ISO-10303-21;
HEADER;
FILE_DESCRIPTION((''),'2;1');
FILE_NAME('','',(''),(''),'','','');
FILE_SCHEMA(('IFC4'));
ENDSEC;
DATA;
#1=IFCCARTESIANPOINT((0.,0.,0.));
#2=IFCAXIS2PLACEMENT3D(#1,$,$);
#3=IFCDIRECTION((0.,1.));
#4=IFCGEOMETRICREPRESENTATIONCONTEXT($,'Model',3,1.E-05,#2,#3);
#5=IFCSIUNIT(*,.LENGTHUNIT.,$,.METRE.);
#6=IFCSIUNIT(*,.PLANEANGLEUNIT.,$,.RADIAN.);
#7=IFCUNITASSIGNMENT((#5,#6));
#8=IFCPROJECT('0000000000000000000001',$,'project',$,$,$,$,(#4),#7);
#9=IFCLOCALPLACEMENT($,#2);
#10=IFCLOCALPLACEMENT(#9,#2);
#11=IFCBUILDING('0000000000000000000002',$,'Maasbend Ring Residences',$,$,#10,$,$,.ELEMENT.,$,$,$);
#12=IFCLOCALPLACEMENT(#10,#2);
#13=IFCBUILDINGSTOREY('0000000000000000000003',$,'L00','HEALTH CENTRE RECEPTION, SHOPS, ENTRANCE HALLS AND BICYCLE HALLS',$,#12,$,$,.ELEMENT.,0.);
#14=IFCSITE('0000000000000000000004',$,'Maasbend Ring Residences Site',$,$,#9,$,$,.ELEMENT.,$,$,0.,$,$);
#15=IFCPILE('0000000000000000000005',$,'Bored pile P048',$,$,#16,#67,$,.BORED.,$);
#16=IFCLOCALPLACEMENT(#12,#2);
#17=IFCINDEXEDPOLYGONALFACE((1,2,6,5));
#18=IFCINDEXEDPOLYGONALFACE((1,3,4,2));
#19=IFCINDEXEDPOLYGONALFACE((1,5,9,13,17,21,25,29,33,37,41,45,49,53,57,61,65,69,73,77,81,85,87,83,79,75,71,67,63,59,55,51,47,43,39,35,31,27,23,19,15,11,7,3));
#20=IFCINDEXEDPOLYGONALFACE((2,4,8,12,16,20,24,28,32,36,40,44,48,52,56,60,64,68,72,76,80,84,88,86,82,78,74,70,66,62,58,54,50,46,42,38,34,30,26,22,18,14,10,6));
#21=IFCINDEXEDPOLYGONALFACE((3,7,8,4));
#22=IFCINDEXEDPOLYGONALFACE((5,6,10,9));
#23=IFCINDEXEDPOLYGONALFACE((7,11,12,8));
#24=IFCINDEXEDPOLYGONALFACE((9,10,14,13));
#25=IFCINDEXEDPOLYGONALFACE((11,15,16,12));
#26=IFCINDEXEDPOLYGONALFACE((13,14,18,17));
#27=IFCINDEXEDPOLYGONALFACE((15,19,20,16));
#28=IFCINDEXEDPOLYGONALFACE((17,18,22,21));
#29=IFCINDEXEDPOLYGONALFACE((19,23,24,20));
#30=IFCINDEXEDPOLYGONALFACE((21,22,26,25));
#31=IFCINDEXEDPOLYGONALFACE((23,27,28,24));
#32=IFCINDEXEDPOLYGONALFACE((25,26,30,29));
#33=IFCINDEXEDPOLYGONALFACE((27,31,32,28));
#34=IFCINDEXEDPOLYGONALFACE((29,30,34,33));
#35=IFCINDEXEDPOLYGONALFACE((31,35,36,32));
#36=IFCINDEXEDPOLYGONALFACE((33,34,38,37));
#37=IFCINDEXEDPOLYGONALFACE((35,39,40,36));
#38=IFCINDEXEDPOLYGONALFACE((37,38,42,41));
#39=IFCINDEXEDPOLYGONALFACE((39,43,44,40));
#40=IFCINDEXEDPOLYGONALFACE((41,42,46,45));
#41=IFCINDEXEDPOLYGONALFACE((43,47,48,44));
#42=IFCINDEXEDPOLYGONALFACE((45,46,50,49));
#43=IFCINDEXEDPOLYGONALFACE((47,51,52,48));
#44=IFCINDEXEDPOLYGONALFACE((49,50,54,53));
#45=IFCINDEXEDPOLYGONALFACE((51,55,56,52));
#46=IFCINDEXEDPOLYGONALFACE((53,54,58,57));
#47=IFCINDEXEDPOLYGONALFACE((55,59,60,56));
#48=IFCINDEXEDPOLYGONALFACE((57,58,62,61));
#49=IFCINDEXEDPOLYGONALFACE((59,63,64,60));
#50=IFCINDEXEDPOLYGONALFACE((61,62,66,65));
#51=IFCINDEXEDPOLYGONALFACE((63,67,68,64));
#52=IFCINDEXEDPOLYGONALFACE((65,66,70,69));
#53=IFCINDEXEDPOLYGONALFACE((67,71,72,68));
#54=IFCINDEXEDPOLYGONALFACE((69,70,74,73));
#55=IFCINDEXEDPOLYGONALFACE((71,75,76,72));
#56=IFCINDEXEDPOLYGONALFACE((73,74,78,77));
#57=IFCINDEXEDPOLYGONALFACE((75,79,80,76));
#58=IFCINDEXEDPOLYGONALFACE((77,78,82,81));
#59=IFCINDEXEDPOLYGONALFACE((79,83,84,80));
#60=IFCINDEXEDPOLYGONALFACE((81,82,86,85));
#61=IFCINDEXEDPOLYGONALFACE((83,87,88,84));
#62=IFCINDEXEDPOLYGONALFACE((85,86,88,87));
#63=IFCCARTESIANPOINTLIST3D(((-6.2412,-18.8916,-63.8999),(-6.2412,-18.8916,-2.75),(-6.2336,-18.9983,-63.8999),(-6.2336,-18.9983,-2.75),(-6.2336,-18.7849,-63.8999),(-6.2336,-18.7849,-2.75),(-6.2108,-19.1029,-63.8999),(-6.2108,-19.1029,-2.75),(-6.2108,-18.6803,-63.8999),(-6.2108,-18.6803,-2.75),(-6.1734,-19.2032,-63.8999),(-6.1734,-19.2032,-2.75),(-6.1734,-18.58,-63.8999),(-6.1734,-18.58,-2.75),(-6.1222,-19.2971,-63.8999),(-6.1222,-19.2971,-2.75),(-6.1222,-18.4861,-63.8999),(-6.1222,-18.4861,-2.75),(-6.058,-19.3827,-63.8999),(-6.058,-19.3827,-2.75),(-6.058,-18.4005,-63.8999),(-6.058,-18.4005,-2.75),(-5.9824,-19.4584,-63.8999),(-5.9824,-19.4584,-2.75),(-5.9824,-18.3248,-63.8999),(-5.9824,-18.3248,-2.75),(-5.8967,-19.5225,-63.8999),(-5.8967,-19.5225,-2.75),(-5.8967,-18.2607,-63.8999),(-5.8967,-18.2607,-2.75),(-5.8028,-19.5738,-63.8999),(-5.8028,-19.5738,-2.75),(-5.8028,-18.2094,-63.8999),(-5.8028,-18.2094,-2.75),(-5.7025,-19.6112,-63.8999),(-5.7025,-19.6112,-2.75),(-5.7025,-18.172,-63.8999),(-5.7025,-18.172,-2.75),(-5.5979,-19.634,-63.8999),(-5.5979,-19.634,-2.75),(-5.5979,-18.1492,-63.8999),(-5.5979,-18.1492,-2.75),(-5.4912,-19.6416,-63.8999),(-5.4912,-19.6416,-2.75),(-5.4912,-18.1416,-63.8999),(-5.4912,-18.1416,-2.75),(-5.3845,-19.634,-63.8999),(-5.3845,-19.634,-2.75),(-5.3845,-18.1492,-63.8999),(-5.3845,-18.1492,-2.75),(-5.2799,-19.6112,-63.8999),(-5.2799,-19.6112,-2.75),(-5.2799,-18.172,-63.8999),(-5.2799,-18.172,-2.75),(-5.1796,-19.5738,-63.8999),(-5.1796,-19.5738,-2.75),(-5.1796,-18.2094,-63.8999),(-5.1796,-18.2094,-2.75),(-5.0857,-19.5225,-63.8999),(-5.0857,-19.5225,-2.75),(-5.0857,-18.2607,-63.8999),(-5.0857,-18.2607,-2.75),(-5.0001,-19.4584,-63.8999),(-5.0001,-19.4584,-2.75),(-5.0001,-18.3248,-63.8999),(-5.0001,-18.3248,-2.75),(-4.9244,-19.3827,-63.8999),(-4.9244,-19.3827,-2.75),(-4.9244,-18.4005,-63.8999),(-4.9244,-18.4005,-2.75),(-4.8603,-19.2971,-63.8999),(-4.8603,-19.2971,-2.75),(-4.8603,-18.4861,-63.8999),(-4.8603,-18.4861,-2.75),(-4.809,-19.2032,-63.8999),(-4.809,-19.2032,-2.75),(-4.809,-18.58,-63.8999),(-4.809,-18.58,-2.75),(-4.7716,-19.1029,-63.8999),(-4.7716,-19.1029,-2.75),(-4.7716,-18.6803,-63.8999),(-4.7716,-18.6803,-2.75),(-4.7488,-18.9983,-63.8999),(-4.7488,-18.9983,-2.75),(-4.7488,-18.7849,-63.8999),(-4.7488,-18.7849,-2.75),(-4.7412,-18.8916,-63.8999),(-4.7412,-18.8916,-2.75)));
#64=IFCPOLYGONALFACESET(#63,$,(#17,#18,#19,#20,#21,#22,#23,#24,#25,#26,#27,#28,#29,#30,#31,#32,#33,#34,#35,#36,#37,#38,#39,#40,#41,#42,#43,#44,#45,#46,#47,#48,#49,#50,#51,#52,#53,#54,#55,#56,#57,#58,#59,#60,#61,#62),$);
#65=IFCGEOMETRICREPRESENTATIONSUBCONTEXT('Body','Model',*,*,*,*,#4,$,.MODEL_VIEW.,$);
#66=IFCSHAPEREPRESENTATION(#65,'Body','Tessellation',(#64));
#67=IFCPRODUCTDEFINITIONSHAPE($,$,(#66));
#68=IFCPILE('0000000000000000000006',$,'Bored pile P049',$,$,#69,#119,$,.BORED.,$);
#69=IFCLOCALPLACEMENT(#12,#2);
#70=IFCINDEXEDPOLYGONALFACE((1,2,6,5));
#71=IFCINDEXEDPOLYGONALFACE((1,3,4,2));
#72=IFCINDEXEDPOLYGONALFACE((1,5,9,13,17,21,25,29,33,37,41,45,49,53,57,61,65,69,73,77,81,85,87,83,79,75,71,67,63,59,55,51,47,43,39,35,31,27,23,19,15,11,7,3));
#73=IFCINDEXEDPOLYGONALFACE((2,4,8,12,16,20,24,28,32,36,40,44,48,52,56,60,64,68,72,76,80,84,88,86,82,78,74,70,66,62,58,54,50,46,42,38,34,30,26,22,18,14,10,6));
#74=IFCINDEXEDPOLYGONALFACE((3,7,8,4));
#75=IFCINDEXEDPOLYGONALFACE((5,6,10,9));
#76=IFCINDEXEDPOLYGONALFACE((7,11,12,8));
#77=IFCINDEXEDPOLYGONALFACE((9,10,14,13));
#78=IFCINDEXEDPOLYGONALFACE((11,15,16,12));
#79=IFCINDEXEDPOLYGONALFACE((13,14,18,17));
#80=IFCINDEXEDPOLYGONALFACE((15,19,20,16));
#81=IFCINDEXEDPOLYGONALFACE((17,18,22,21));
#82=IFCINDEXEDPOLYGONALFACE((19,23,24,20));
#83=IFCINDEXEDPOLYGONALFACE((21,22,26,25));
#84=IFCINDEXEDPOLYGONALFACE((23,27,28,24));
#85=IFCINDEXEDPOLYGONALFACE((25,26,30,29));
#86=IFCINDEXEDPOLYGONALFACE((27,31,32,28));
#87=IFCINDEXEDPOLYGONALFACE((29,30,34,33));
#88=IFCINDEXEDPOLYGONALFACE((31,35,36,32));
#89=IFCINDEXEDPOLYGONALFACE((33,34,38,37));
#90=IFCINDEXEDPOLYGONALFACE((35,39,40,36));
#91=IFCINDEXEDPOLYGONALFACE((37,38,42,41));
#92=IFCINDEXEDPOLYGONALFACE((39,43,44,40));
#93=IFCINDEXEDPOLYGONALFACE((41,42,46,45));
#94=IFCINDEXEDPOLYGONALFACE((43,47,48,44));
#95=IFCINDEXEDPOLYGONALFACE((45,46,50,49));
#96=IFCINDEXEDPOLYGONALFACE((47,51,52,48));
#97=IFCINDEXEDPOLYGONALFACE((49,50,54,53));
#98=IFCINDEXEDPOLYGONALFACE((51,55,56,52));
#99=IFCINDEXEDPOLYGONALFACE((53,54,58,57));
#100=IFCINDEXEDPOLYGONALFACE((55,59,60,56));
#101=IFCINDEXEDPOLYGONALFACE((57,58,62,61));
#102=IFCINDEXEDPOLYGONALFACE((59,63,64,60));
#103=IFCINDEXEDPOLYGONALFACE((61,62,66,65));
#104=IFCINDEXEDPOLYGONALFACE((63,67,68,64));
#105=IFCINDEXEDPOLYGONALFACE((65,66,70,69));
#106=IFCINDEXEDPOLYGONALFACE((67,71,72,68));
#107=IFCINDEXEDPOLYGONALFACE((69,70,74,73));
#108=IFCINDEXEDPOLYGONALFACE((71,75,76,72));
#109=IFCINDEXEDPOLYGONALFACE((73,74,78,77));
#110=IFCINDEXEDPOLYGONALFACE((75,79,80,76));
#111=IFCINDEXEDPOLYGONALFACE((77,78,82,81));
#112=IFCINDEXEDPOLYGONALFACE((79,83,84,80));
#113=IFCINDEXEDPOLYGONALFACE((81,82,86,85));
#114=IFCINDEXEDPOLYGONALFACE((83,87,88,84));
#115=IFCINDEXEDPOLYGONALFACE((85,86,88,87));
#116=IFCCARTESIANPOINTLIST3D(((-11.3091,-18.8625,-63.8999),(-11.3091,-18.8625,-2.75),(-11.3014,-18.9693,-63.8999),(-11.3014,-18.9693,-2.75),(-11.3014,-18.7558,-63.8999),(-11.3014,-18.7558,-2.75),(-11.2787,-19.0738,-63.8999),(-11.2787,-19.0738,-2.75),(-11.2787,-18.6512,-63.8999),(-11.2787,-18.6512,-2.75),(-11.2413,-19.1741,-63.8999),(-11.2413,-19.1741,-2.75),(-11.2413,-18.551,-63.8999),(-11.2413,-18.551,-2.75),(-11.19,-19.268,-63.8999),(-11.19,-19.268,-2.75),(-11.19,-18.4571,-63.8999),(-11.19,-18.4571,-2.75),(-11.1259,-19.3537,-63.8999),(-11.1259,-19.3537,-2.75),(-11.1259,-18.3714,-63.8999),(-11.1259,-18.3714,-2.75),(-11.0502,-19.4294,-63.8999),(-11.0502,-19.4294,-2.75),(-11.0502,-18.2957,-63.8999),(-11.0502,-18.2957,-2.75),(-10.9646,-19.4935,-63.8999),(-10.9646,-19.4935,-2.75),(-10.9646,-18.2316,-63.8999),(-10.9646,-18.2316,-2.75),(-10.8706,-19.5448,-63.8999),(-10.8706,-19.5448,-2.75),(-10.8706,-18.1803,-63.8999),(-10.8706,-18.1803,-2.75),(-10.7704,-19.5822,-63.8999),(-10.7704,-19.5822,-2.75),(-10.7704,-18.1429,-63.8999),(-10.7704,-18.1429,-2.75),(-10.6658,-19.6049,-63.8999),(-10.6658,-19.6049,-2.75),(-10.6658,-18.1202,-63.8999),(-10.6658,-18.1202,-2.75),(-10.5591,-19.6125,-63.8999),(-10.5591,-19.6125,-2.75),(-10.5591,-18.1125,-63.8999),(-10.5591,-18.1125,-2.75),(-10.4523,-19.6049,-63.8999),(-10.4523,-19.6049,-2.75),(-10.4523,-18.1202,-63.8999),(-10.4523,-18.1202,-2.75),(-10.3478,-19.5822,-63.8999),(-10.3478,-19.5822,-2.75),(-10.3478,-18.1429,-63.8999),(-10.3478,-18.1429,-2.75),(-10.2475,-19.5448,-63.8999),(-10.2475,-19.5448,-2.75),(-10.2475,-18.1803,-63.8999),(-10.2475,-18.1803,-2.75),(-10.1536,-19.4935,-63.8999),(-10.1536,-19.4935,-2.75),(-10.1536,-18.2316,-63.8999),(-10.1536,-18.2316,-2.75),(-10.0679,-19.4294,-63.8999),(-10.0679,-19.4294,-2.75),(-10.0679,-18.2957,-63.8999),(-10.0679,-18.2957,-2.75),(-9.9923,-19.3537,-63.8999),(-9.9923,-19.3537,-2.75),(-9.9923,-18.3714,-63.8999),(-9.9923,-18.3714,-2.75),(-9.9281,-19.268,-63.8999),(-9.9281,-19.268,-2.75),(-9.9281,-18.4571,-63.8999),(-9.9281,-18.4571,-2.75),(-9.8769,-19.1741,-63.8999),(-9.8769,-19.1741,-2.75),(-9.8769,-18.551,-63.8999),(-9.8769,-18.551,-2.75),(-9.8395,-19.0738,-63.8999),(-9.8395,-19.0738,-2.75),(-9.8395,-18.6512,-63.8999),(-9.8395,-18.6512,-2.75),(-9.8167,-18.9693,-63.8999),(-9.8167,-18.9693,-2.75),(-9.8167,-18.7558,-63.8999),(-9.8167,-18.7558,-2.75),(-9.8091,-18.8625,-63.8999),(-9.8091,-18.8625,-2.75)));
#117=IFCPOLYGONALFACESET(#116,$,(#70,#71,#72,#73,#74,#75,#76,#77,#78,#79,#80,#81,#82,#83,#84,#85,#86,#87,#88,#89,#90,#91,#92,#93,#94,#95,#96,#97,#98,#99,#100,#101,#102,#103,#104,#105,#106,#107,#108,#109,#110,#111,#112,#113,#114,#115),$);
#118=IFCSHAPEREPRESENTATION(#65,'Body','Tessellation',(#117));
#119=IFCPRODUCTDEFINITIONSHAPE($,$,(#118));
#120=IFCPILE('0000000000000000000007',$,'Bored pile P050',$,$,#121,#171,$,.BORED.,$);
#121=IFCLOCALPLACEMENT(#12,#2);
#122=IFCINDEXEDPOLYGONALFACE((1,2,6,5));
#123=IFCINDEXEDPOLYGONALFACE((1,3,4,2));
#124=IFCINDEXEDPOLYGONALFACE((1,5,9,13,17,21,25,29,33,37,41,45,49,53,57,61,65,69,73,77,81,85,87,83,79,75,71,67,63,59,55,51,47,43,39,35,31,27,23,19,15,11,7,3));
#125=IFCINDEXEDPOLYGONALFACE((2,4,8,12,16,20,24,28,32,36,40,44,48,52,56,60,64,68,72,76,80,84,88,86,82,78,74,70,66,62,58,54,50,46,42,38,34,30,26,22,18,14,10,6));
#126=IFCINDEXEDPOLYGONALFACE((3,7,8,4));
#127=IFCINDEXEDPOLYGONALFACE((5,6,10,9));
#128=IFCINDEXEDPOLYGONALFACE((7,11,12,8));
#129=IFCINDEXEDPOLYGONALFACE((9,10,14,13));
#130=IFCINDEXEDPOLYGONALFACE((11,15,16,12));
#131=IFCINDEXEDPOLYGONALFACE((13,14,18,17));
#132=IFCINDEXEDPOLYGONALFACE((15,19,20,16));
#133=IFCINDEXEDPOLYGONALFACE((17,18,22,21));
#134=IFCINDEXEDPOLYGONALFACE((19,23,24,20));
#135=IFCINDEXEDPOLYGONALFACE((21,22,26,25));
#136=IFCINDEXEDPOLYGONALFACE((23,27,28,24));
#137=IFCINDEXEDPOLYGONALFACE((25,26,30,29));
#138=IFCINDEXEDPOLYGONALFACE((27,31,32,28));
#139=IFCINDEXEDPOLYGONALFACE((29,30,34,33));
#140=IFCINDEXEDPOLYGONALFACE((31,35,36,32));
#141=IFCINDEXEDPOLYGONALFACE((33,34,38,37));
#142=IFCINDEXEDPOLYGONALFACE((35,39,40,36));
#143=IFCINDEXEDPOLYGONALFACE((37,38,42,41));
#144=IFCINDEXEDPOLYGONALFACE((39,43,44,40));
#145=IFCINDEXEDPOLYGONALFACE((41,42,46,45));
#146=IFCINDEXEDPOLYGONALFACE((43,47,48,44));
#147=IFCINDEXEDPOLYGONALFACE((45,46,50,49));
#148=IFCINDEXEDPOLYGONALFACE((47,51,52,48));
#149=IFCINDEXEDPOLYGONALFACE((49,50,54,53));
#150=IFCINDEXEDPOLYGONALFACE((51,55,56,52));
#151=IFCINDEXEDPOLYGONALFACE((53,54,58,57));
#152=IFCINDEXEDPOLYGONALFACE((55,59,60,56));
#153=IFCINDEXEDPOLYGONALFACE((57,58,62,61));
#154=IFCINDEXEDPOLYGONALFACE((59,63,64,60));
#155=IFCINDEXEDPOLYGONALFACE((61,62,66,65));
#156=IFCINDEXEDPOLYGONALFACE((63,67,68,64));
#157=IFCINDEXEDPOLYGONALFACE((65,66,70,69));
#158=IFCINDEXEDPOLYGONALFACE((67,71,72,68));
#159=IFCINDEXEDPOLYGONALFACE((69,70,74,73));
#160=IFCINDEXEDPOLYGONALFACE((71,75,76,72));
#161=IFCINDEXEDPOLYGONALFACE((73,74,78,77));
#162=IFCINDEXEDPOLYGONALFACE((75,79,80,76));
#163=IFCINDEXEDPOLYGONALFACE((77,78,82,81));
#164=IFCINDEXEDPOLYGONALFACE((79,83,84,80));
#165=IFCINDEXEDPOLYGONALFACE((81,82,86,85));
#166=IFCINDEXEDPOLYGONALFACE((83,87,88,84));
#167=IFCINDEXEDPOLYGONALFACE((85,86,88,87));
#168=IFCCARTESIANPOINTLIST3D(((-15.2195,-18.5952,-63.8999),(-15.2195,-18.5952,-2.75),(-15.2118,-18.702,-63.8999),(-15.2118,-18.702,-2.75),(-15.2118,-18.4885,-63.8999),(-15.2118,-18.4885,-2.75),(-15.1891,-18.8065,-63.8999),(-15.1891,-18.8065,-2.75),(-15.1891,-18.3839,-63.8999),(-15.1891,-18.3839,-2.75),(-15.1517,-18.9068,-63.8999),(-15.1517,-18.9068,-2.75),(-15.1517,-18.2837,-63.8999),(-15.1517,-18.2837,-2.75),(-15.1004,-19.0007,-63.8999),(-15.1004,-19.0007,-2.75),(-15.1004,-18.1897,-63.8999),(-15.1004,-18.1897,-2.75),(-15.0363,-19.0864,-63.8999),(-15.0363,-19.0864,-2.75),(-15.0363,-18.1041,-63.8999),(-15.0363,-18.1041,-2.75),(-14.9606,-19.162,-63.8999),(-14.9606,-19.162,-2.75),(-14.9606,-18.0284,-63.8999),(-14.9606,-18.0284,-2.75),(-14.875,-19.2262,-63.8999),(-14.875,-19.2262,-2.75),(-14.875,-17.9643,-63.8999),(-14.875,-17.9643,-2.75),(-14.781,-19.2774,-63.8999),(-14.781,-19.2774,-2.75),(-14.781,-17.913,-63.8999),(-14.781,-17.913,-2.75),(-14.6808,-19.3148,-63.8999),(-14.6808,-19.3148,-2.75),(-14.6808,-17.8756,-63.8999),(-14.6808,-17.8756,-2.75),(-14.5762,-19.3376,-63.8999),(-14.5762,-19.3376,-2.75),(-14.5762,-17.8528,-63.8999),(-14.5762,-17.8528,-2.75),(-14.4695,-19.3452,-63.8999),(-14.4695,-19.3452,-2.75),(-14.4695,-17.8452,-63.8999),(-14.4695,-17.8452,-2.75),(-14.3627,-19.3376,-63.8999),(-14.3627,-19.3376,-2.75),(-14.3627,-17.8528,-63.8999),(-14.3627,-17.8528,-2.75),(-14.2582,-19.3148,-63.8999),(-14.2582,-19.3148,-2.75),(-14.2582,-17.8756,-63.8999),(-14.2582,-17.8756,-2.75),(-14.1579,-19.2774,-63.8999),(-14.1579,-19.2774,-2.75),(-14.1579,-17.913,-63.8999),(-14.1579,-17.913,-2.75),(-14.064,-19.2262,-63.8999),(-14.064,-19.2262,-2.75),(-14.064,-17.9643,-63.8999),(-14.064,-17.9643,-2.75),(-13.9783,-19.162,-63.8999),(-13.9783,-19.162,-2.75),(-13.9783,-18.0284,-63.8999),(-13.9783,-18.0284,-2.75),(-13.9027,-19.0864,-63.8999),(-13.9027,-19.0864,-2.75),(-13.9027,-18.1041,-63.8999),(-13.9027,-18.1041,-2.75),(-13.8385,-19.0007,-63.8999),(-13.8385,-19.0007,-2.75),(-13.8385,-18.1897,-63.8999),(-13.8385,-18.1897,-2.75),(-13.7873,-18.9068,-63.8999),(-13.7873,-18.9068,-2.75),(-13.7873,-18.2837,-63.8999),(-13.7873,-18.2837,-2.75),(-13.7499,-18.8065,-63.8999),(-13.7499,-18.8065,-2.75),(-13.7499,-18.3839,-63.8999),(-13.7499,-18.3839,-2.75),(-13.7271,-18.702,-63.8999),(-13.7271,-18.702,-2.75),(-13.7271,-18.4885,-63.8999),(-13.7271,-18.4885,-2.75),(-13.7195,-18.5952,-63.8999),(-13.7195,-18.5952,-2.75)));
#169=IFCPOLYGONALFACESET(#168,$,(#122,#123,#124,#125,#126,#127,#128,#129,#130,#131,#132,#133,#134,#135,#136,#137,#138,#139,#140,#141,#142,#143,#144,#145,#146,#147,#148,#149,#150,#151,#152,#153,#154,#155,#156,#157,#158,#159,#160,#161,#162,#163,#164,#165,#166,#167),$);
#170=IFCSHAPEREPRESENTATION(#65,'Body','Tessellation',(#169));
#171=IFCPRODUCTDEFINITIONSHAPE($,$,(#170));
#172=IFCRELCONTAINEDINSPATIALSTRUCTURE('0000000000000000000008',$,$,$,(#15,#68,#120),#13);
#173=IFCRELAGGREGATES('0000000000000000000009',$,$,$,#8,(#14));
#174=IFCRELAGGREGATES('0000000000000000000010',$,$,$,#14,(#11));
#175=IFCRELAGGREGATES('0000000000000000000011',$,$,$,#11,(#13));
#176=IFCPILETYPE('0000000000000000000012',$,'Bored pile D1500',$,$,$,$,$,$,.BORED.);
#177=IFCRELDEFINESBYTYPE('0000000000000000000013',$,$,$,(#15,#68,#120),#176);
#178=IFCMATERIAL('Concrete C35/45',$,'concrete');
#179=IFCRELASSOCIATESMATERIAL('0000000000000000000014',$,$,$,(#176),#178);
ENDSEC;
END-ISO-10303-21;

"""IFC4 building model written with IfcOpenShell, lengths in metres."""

from ifc_helpers import new_model, si_unit, direction, frame, origin, origin_2d, place, context, subcontext, project, spatial, circle, extrude, material, material_profile, profile_set, type_object, element, save


model = new_model("IFC4")

# Units and contexts
model_context = context("Model", 3, precision=1e-05, world=origin(), true_north=direction((0.0, 1.0)))
body_context = subcontext(model_context, "Body", "Model", "MODEL_VIEW")
ifc_project = project(units=[si_unit("LENGTHUNIT", "METRE"), si_unit("PLANEANGLEUNIT", "RADIAN")], contexts=[model_context])

# Site, building, storey
site_placement = place(None, origin())
site = spatial("IfcSite", under=ifc_project, at=site_placement, Name="Maasbend Ring Residences Site", CompositionType="ELEMENT", RefElevation=0.0)
building_placement = place(site_placement, origin())
building = spatial("IfcBuilding", under=site, at=building_placement, Name="Maasbend Ring Residences", CompositionType="ELEMENT")
storey_placement = place(building_placement, origin())
storey = spatial("IfcBuildingStorey", under=building, at=storey_placement, Name="L00", Description="HEALTH CENTRE RECEPTION, SHOPS, ENTRANCE HALLS AND BICYCLE HALLS", CompositionType="ELEMENT", Elevation=0.0)

# Piles
ifc_material_1 = material(Name="Concrete C35/45", Category="concrete")
ifc_material_profile_1 = material_profile(ifc_material_1, circle(Radius=0.75, at=origin_2d()), Name="Bored pile D1500")
ifc_profile_set_1 = profile_set([ifc_material_profile_1], Name="Concrete C35/45")
pile_type = type_object("IfcPileType", Name="Bored pile D1500", PredefinedType="BORED", material=ifc_profile_set_1)
for number, where, z_axis, x_axis, name in (
    (1, (-5.4912, -18.8916, -2.75), (0.0, 0.0, -1.0), (1.0, 0.0, 0.0), "Bored pile P048"),
    (2, (-10.5591, -18.8625, -2.75), (0.0, 0.0, -1.0), (1.0, 0.0, 0.0), "Bored pile P049"),
    (3, (-14.4695, -18.5952, -2.75), (0.0, 0.0, -1.0), (1.0, 0.0, 0.0), "Bored pile P050"),
):
    element("IfcPile", number, at=place(storey_placement, frame(where, z_axis=z_axis, x_axis=x_axis)), inside=storey, type_object=pile_type, Name=name, PredefinedType="BORED", context=body_context, shape_type="SweptSolid", body=[
        extrude(circle(Radius=0.75, at=origin_2d()), origin(), (0.0, 0.0, 1.0), 61.1499),
    ])

save(model, "model.ifc")
